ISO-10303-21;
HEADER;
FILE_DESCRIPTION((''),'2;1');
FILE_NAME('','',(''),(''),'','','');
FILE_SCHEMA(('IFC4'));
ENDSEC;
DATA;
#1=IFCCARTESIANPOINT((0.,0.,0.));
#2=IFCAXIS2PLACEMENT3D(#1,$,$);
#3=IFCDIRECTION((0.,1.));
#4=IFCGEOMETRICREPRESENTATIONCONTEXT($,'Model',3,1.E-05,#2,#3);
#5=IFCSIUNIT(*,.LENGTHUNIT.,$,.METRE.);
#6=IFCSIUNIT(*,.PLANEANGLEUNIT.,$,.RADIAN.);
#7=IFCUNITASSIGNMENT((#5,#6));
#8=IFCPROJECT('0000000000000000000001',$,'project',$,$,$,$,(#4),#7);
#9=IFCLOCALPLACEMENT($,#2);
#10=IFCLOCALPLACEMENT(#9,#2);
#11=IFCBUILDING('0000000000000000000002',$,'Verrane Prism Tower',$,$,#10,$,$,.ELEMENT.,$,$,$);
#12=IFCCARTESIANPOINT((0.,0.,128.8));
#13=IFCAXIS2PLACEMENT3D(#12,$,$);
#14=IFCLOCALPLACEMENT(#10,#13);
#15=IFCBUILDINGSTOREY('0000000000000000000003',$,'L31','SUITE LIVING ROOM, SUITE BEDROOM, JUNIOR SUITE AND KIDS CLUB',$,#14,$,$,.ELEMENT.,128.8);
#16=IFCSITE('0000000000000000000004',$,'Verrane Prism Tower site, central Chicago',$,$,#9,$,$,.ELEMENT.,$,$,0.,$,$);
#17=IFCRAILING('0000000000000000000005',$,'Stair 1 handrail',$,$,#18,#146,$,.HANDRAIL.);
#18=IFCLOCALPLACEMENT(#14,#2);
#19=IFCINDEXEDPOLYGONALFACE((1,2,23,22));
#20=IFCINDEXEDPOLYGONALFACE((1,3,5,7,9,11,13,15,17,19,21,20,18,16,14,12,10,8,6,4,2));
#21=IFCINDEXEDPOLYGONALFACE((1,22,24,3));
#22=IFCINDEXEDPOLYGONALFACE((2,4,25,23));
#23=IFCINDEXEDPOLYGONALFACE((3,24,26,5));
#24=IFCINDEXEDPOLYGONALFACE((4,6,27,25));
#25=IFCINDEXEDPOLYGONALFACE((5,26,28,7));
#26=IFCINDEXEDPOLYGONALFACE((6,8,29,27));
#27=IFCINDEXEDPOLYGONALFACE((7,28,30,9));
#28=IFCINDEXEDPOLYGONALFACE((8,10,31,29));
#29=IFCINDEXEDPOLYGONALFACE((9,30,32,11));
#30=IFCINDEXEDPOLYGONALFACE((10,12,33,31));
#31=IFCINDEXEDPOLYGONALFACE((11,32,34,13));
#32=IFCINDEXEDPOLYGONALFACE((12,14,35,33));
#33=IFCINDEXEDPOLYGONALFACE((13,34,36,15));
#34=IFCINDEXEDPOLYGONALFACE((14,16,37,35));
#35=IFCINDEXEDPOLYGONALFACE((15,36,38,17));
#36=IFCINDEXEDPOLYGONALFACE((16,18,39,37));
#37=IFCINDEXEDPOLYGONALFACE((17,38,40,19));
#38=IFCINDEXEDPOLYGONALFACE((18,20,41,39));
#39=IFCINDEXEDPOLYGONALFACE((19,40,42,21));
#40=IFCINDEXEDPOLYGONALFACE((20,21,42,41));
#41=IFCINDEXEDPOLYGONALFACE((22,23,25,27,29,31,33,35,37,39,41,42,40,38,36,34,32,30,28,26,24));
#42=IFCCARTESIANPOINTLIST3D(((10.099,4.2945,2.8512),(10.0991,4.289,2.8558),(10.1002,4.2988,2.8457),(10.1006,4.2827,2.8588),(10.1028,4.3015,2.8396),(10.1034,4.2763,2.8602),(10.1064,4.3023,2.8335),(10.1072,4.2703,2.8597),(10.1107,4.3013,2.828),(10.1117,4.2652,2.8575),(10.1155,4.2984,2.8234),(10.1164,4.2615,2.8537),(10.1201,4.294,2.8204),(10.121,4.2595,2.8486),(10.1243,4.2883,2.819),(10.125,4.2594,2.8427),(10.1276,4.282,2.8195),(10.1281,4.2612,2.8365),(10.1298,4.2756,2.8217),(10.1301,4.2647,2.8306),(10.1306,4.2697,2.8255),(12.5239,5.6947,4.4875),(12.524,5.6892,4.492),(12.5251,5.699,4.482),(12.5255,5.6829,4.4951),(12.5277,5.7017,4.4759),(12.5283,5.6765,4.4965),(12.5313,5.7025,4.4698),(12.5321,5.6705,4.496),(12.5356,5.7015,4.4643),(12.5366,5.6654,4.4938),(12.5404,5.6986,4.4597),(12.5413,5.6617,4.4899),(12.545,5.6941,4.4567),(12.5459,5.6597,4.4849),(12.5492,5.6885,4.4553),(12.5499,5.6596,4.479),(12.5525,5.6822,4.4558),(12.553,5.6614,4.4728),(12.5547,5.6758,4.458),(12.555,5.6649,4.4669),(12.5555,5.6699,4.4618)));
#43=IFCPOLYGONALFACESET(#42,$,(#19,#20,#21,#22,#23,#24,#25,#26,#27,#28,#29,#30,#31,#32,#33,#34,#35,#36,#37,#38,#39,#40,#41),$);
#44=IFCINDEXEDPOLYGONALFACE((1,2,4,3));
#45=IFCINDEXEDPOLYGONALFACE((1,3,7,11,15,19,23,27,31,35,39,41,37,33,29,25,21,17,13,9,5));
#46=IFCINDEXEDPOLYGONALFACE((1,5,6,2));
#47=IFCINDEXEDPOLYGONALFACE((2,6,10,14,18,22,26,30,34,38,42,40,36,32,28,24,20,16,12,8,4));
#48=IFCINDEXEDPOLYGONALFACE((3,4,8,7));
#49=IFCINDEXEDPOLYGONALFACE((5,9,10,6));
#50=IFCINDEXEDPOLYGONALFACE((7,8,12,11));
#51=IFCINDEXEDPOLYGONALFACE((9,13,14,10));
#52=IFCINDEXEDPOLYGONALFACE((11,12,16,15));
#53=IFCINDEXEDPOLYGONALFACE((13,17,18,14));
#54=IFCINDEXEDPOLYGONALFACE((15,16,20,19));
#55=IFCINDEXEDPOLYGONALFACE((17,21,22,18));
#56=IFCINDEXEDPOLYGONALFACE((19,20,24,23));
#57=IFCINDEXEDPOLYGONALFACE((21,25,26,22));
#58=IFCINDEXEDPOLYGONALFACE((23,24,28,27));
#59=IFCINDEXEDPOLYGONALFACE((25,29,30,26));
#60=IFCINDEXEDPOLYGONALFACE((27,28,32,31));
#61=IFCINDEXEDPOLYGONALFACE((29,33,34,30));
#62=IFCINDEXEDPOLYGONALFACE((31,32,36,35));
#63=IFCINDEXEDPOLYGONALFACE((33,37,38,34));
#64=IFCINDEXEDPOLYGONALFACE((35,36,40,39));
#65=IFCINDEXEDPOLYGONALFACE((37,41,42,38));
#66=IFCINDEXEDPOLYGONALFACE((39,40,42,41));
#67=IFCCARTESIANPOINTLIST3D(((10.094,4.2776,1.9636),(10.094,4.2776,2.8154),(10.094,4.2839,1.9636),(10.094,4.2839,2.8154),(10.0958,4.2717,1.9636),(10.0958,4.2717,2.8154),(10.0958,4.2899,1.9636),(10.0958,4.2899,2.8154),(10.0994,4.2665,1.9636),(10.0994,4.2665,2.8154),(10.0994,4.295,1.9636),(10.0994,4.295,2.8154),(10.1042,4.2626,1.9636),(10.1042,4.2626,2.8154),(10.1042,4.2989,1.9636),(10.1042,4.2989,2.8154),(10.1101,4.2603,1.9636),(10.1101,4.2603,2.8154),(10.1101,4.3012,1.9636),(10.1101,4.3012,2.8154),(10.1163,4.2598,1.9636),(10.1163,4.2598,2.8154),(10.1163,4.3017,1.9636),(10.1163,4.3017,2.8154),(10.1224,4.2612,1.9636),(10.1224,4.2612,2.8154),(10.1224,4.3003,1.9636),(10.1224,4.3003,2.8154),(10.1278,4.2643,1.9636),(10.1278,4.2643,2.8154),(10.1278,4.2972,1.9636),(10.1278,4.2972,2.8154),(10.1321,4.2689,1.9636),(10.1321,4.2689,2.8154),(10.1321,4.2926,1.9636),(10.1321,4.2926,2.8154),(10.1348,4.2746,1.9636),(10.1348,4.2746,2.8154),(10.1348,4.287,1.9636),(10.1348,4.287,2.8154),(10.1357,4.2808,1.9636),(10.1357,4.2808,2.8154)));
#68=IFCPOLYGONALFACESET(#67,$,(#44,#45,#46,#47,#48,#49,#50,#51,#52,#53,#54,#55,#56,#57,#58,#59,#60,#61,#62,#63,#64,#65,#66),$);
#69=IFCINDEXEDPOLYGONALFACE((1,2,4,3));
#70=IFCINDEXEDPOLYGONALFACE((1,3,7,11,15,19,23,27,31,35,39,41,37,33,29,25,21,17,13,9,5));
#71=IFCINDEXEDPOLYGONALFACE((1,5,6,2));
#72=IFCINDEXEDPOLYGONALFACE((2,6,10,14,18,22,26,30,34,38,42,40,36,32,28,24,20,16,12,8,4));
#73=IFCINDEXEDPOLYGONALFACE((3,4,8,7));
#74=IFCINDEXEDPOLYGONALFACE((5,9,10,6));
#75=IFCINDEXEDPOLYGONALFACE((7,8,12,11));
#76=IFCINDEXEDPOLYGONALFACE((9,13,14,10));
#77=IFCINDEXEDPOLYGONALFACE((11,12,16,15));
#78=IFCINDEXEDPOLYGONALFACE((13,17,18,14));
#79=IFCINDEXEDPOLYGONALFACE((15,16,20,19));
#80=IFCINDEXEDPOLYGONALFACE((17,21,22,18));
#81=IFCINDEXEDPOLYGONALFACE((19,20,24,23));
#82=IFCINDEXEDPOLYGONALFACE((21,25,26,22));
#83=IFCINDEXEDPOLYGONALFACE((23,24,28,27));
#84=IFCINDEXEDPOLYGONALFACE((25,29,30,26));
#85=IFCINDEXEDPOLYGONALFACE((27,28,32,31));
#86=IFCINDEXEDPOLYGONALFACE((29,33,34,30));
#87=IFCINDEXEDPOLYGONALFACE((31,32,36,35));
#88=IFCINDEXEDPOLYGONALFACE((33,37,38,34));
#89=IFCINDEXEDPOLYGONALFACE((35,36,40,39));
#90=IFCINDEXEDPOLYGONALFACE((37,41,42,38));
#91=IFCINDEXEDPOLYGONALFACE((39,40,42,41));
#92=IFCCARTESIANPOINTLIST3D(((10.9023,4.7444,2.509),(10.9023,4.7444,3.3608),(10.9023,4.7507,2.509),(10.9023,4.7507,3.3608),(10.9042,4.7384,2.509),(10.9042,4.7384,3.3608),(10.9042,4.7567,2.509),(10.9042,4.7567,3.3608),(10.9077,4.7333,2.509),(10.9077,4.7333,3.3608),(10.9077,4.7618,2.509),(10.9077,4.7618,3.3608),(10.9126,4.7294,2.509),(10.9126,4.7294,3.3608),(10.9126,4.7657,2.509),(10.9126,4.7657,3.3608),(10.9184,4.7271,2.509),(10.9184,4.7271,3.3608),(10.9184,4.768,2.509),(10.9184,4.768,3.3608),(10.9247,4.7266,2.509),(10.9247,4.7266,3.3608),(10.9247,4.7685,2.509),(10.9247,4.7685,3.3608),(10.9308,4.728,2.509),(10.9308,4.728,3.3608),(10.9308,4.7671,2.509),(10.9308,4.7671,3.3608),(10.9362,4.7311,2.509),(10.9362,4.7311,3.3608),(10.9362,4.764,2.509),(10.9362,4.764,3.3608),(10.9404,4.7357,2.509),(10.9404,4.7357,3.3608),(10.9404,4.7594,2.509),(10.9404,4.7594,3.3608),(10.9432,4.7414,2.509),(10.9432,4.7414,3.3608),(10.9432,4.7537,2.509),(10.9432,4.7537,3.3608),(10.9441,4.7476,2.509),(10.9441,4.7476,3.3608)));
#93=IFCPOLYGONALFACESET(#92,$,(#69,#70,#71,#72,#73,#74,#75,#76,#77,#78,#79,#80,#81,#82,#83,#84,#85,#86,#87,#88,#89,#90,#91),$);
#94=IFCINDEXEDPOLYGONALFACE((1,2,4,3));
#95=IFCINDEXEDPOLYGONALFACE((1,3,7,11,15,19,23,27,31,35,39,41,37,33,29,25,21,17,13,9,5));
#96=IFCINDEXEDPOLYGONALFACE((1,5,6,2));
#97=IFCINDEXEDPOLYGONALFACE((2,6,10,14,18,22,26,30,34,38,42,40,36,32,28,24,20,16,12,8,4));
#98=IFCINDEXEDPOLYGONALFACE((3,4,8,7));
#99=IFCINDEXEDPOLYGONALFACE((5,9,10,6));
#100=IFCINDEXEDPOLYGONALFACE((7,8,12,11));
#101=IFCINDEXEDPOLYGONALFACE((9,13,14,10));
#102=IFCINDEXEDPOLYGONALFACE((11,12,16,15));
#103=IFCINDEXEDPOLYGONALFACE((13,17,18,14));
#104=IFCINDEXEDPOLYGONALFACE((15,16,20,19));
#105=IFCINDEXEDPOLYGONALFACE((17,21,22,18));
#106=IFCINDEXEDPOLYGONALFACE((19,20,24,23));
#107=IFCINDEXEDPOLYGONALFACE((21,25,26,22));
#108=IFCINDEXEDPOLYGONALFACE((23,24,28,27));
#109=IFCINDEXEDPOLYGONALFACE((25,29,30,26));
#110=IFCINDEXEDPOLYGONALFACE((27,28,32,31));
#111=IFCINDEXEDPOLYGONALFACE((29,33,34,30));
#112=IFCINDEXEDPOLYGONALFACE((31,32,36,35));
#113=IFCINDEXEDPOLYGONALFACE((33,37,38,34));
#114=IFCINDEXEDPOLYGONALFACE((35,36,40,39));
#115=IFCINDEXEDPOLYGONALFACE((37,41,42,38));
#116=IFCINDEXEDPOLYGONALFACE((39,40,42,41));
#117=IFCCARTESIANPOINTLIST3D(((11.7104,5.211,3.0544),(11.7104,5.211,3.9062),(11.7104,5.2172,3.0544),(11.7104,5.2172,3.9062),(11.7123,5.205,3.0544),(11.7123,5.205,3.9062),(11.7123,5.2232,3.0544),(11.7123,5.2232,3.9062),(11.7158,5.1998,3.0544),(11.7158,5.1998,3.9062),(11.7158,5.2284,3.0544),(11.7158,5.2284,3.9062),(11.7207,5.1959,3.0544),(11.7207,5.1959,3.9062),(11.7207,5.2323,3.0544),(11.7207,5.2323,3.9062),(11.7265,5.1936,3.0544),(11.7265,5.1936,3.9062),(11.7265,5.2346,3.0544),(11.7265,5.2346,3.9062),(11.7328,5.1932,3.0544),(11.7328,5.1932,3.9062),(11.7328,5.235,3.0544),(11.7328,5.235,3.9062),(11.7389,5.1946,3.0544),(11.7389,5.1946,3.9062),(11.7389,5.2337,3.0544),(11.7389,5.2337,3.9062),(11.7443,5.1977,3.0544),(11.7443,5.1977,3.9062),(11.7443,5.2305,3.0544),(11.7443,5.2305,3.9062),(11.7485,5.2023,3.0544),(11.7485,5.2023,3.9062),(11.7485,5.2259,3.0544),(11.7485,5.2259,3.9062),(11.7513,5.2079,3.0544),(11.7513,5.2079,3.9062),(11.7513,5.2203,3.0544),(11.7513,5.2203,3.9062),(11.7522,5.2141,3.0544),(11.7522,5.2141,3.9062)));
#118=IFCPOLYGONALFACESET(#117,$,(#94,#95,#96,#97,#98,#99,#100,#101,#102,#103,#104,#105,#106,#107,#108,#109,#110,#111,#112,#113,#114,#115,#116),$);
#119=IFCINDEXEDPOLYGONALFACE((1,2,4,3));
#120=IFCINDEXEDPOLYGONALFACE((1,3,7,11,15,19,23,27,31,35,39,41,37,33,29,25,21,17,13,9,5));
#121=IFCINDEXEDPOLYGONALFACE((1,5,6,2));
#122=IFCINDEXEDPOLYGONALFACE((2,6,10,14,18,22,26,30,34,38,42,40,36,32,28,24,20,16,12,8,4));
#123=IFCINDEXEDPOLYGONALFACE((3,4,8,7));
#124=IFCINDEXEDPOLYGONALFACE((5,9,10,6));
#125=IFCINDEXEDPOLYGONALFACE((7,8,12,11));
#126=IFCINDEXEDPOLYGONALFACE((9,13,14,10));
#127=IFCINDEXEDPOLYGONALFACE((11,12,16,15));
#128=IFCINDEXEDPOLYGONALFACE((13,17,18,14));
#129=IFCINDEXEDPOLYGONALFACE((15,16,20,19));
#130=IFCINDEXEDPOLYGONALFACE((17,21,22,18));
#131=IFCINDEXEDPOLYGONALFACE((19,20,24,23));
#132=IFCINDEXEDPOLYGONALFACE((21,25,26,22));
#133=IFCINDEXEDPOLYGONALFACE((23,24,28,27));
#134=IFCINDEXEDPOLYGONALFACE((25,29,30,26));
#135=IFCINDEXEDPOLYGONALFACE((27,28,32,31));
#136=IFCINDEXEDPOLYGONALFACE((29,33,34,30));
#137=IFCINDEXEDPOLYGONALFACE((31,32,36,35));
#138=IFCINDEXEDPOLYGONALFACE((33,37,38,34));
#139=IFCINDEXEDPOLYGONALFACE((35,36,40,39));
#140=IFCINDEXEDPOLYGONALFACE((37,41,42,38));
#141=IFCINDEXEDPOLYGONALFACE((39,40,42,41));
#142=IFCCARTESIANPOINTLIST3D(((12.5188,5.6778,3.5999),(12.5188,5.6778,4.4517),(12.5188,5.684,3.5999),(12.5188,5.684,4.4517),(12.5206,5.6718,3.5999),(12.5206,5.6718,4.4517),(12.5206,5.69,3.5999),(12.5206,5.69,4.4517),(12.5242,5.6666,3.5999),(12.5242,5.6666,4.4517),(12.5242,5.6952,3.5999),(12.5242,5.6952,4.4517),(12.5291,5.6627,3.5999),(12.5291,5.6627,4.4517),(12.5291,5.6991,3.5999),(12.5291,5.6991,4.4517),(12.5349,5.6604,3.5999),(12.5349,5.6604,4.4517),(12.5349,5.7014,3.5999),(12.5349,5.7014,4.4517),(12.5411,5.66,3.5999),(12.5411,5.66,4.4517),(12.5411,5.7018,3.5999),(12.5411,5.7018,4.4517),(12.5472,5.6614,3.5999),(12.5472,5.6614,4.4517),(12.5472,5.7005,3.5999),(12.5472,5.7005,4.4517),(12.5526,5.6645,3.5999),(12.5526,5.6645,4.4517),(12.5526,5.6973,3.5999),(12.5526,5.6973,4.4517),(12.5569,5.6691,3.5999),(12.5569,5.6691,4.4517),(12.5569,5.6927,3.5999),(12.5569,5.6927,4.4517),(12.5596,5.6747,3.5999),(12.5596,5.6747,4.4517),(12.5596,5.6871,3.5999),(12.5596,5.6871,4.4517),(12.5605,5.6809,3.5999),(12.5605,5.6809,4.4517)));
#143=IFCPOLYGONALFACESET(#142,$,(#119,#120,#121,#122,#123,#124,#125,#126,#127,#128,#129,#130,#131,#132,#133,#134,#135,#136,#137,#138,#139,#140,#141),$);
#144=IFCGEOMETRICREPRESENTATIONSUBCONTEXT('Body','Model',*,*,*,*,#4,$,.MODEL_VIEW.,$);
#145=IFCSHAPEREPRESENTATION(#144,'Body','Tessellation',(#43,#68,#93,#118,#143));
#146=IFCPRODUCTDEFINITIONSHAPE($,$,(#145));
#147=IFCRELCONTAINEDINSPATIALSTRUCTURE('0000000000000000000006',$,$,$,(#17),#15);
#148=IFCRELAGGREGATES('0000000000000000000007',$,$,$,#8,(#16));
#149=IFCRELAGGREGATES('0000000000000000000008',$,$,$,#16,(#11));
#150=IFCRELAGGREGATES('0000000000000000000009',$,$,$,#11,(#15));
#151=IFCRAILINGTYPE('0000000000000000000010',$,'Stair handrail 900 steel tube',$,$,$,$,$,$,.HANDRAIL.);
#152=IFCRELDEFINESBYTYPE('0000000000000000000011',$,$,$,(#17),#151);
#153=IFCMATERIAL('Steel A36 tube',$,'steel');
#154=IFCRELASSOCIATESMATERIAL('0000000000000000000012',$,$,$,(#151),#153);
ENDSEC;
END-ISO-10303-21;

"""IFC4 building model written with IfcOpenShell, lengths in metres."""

from ifc_helpers import new_model, si_unit, direction, frame, origin, origin_2d, place, context, subcontext, project, spatial, circle, extrude, material, type_object, element, save


model = new_model("IFC4")

# Units and contexts
model_context = context("Model", 3, precision=1e-05, world=origin(), true_north=direction((0.0, 1.0)))
body_context = subcontext(model_context, "Body", "Model", "MODEL_VIEW")
ifc_project = project(units=[si_unit("LENGTHUNIT", "METRE"), si_unit("PLANEANGLEUNIT", "RADIAN")], contexts=[model_context])

# Site, building, storey
site_placement = place(None, origin())
site = spatial("IfcSite", under=ifc_project, at=site_placement, Name="Verrane Prism Tower site, central Chicago", CompositionType="ELEMENT", RefElevation=0.0)
building_placement = place(site_placement, origin())
building = spatial("IfcBuilding", under=site, at=building_placement, Name="Verrane Prism Tower", CompositionType="ELEMENT")
storey_placement = place(building_placement, frame((0.0, 0.0, 128.8)))
storey = spatial("IfcBuildingStorey", under=building, at=storey_placement, Name="L31", Description="SUITE LIVING ROOM, SUITE BEDROOM, JUNIOR SUITE AND KIDS CLUB", CompositionType="ELEMENT", Elevation=128.8)

# Railing
ifc_material_1 = material(Name="Steel A36 tube", Category="steel")
railing_type_1 = type_object("IfcRailingType", Name="Stair handrail 900 steel tube", PredefinedType="HANDRAIL", material=ifc_material_1)
railing_1_placement = place(storey_placement, frame((10.1147, 4.2808, 1.9636)))
element("IfcRailing", 1, at=railing_1_placement, inside=storey, type_object=railing_type_1, Name="Stair 1 handrail", PredefinedType="HANDRAIL", context=body_context, shape_type="SweptSolid", body=[
    extrude(circle(Radius=0.0239, at=origin_2d()), frame((0.0, 0.0, 0.876), z_axis=(0.747694, 0.431738, 0.504535), x_axis=(-0.50005, 0.865997, 0.0)), (0.0, 0.0, 1.0), 3.2432),
    extrude(circle(Radius=0.021, at=origin_2d()), origin(), (0.0, 0.0, 1.0), 0.8518),
    extrude(circle(Radius=0.021, at=origin_2d()), frame((0.8083, 0.4668, 0.5454)), (0.0, 0.0, 1.0), 0.8518),
    extrude(circle(Radius=0.021, at=origin_2d()), frame((1.6165, 0.9333, 1.0908)), (0.0, 0.0, 1.0), 0.8518),
    extrude(circle(Radius=0.021, at=origin_2d()), frame((2.4248, 1.4001, 1.6362)), (0.0, 0.0, 1.0), 0.8518),
])

save(model, "model.ifc")
